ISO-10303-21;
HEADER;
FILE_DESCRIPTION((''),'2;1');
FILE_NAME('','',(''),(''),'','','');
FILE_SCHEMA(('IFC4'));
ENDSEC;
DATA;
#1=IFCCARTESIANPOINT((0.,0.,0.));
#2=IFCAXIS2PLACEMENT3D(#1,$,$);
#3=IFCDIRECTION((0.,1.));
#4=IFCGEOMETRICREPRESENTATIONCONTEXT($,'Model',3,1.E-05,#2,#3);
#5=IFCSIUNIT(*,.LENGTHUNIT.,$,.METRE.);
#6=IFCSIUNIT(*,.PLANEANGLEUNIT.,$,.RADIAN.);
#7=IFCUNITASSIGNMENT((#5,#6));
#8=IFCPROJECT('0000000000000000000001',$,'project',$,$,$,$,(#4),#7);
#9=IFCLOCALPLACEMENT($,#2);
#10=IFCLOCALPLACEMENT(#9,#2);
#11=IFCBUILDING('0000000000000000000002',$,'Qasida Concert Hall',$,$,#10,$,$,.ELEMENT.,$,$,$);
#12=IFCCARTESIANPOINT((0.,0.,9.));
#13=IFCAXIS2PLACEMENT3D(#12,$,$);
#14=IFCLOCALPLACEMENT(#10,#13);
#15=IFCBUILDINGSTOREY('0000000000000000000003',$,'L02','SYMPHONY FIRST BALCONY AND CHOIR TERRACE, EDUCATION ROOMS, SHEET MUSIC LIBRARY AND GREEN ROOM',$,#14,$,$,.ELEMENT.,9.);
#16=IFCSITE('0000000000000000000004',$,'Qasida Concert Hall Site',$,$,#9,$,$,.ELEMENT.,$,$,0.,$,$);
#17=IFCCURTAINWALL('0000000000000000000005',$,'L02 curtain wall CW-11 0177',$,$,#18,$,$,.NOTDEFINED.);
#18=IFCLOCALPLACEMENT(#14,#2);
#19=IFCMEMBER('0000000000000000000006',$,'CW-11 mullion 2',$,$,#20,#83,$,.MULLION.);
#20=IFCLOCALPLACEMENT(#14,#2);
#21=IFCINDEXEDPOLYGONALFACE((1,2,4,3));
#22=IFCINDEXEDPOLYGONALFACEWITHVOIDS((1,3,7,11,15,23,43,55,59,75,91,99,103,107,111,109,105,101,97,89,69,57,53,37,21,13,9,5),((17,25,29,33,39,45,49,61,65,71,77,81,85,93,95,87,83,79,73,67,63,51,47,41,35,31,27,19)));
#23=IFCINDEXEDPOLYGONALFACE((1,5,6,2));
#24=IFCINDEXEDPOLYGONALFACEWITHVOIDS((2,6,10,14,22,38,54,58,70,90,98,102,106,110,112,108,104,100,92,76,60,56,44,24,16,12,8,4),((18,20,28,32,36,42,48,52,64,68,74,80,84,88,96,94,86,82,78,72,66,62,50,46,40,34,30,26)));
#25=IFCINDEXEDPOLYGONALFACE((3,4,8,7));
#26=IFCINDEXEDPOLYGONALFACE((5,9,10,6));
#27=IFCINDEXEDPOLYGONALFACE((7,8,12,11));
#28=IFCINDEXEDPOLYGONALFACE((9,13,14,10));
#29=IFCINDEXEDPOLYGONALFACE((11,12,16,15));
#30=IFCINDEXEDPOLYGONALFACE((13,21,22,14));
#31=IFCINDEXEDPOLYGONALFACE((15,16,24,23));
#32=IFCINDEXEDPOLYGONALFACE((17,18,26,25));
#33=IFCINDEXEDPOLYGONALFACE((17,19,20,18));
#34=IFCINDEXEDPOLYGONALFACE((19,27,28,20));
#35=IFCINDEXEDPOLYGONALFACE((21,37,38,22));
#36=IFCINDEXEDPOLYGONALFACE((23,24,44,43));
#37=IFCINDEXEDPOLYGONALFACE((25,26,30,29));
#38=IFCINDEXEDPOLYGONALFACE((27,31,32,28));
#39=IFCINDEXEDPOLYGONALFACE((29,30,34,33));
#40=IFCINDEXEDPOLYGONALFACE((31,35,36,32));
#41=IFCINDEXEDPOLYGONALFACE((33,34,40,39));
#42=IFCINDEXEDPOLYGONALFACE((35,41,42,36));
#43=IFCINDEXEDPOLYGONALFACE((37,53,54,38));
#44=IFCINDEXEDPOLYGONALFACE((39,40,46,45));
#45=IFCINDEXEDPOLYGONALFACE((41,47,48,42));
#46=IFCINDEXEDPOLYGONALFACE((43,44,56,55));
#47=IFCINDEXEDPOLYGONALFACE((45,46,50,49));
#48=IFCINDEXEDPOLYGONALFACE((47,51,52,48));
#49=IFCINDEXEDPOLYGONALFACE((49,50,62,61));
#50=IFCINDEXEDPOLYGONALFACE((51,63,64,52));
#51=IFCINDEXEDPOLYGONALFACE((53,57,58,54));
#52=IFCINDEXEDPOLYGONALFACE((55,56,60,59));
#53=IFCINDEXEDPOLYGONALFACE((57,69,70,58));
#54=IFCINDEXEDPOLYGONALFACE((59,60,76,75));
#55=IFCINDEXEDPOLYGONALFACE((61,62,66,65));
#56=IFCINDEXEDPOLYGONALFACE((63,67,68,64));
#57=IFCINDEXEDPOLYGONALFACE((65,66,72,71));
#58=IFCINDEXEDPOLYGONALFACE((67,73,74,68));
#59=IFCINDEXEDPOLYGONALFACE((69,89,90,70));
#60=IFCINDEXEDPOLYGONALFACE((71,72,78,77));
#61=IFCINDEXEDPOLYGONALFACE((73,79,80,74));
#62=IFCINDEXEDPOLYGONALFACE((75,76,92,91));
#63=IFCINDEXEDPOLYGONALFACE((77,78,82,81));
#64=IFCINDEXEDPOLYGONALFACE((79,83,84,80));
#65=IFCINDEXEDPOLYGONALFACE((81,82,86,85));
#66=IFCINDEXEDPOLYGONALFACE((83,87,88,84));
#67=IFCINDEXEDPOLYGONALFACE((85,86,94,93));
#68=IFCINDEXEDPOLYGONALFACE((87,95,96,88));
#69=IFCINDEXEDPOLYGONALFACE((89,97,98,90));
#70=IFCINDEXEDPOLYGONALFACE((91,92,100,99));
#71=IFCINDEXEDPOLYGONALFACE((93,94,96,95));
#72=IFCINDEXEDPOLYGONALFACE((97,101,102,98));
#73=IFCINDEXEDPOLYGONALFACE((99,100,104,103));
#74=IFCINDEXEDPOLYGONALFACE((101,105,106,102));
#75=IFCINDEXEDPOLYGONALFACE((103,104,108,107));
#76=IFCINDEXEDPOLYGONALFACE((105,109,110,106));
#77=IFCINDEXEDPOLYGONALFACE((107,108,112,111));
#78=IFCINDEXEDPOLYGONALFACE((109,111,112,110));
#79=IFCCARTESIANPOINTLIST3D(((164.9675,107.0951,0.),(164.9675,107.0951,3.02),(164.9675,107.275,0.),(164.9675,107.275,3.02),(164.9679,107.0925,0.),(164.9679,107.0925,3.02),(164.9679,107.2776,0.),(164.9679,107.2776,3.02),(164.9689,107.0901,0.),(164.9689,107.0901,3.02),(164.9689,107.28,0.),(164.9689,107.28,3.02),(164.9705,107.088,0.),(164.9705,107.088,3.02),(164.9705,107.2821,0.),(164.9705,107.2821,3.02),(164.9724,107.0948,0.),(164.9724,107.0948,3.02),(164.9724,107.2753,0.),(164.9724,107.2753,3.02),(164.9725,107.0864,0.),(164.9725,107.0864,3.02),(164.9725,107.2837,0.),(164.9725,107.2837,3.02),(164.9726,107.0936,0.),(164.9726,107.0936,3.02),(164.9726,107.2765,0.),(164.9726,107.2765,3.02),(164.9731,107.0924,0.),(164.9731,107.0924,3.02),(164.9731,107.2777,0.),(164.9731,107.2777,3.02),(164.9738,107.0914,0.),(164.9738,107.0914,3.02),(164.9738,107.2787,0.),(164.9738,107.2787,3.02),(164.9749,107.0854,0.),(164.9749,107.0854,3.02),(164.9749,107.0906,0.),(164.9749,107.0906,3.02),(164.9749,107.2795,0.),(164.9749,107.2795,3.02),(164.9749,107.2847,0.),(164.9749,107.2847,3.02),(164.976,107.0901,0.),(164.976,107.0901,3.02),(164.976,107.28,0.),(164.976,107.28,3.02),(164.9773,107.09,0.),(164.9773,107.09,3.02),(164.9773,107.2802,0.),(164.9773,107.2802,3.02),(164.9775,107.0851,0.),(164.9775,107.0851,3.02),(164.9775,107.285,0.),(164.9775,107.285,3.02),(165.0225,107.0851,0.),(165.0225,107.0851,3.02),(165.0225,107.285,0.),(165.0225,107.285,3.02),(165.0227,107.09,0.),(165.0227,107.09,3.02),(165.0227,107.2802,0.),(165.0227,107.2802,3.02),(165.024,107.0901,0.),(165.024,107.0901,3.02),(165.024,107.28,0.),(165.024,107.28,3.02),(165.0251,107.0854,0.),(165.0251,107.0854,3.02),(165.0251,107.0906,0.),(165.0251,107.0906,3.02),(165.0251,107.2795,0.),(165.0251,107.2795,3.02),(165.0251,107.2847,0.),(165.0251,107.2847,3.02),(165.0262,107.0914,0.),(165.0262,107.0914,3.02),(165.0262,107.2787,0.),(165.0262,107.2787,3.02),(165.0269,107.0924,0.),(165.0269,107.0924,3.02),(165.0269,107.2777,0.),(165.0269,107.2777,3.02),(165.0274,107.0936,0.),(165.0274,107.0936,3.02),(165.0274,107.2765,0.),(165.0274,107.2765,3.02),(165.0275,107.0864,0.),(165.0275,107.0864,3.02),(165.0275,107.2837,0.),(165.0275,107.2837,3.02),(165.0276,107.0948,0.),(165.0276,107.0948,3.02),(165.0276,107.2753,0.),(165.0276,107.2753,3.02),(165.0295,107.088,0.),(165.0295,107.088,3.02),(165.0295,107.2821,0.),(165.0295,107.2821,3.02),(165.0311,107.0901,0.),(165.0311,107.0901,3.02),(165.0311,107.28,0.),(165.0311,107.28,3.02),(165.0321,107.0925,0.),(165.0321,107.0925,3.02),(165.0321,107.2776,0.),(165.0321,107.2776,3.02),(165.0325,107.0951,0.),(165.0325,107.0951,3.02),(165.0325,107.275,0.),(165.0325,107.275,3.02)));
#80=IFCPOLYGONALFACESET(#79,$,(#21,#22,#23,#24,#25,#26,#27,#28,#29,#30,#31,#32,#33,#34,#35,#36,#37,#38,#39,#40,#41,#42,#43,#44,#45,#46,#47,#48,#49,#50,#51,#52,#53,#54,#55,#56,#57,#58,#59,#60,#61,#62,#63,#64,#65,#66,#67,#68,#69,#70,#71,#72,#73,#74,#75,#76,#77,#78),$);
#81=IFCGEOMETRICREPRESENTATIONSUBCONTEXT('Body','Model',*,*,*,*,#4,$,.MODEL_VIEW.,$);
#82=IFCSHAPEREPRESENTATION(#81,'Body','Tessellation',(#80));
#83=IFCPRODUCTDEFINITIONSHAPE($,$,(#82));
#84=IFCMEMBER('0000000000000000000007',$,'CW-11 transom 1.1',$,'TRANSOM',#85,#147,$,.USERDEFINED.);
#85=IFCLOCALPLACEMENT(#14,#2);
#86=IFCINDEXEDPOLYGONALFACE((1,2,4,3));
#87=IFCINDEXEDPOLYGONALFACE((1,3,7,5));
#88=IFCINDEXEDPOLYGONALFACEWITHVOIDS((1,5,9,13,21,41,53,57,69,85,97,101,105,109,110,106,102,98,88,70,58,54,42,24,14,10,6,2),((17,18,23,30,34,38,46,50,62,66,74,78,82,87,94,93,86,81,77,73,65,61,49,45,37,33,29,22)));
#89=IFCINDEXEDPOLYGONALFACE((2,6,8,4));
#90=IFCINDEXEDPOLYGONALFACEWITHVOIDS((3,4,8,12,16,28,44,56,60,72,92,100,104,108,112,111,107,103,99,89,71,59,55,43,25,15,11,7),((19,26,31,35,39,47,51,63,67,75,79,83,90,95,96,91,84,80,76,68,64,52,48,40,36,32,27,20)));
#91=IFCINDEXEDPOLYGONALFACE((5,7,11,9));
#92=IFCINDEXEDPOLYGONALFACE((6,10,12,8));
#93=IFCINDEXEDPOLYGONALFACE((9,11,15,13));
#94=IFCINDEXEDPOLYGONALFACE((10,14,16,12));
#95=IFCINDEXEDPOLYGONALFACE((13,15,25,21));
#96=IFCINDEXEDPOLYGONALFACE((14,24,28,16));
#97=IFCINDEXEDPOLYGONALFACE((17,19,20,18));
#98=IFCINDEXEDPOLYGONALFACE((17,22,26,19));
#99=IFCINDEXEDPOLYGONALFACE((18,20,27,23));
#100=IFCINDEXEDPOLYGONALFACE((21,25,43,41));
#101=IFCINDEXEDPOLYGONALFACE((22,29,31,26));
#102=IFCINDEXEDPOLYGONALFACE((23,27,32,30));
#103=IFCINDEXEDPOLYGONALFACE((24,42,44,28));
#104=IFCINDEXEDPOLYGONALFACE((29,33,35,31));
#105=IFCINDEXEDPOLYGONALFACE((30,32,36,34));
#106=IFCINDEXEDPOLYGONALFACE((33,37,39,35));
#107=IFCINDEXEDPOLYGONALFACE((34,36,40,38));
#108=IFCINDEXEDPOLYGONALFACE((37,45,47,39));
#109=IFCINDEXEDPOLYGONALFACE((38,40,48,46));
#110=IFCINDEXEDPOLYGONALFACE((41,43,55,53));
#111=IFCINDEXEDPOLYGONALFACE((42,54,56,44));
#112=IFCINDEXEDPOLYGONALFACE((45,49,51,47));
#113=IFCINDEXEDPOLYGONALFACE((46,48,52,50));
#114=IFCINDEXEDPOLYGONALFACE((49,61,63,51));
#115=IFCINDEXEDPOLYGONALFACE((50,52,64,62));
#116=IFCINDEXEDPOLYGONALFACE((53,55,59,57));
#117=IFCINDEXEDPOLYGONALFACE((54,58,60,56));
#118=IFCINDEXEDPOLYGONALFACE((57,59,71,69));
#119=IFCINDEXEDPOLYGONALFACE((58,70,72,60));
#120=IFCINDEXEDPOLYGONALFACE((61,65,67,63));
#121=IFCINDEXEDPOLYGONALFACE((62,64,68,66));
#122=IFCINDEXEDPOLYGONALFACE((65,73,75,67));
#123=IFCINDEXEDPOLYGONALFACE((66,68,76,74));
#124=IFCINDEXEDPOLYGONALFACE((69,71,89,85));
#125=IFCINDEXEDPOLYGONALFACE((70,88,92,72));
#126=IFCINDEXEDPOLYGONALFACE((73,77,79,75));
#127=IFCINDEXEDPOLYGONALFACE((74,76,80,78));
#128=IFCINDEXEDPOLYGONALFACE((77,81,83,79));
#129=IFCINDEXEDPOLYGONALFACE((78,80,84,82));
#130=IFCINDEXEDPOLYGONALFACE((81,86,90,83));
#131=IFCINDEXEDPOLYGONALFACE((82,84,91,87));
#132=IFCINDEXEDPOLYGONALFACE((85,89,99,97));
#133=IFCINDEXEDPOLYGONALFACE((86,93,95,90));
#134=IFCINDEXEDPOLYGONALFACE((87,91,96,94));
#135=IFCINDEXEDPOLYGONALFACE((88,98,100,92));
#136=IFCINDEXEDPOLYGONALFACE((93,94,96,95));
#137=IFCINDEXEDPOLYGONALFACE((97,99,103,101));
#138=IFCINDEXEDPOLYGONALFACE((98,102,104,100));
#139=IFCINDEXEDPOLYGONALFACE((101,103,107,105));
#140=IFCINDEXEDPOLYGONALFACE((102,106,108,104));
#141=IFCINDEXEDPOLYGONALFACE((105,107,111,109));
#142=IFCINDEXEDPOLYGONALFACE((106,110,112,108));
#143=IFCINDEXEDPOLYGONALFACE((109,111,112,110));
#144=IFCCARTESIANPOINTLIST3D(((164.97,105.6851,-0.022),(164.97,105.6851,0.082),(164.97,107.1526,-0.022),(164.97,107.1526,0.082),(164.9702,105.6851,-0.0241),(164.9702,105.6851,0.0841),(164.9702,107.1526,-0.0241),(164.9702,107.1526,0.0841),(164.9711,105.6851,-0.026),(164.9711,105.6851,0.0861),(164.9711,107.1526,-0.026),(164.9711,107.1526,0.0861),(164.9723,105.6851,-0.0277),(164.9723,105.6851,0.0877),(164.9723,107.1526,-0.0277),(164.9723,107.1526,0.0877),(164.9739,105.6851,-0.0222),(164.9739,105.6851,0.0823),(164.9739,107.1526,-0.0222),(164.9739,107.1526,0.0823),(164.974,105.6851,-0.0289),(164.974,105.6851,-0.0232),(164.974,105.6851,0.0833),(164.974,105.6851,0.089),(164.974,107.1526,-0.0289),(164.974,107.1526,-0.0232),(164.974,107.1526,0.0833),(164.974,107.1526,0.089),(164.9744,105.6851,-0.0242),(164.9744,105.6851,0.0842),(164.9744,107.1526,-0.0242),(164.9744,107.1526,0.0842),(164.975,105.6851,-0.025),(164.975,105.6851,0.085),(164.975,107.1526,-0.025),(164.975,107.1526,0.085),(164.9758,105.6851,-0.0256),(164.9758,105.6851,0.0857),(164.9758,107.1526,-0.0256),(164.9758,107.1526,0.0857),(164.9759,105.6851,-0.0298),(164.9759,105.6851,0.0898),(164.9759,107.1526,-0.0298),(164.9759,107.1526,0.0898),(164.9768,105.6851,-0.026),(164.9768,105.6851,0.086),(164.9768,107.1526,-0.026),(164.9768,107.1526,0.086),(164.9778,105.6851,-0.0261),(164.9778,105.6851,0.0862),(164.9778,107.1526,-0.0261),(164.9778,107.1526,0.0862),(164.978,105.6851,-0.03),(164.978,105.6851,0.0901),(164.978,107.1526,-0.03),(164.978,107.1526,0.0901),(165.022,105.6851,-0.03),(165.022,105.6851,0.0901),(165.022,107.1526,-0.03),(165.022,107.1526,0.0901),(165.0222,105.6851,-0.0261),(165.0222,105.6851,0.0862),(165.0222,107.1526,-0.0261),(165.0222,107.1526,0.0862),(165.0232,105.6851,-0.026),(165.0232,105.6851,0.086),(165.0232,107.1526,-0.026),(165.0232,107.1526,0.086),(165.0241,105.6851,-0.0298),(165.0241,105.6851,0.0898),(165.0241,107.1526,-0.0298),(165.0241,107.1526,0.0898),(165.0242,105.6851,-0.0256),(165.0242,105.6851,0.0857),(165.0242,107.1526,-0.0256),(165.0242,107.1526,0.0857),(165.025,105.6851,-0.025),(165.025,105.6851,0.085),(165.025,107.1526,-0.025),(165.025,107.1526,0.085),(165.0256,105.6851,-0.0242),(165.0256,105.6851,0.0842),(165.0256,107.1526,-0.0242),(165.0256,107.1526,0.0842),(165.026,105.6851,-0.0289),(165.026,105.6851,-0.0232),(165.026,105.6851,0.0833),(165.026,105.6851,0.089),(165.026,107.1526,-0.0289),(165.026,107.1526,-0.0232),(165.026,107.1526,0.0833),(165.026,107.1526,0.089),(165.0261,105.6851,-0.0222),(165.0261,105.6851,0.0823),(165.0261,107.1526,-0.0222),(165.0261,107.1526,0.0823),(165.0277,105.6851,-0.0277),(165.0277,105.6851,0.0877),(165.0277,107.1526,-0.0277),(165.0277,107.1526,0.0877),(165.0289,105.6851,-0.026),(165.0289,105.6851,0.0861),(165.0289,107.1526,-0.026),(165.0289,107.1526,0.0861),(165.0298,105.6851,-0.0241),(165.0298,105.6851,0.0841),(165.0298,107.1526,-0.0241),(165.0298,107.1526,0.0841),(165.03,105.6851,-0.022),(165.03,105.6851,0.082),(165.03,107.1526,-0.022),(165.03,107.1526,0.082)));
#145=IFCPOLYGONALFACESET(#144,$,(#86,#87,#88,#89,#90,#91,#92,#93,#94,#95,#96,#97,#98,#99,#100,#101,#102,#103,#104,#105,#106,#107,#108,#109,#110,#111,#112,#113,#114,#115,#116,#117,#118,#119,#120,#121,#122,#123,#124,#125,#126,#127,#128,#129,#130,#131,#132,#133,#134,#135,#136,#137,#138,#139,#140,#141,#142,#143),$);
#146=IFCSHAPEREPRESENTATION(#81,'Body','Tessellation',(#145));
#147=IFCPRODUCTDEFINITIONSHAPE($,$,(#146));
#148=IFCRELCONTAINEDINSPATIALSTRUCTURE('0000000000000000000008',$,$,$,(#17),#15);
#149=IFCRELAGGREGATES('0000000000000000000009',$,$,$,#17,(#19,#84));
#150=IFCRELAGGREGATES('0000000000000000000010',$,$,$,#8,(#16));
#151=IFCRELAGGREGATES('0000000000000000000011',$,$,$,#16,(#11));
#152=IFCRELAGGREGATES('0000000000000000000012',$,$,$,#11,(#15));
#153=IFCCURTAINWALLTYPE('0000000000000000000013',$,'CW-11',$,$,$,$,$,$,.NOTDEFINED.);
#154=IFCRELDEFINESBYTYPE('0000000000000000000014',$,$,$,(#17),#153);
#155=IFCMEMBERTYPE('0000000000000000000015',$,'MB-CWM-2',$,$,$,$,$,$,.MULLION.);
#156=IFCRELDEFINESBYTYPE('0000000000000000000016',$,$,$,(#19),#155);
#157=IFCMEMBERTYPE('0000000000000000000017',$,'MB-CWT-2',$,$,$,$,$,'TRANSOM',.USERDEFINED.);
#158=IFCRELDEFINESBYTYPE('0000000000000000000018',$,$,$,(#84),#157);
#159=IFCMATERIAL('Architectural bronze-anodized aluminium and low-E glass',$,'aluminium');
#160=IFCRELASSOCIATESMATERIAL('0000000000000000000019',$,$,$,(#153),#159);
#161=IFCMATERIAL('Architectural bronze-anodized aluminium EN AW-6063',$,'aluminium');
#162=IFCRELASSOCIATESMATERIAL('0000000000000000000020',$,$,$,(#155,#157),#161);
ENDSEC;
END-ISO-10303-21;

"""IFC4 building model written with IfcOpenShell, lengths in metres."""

from ifc_helpers import new_model, si_unit, direction, frame, origin, origin_2d, place, context, subcontext, project, spatial, hollow_rectangle, extrude, material, material_profile, profile_set, type_object, element, aggregate, save


model = new_model("IFC4")

# Units and contexts
model_context = context("Model", 3, precision=1e-05, world=origin(), true_north=direction((0.0, 1.0)))
body_context = subcontext(model_context, "Body", "Model", "MODEL_VIEW")
ifc_project = project(units=[si_unit("LENGTHUNIT", "METRE"), si_unit("PLANEANGLEUNIT", "RADIAN")], contexts=[model_context])

# Site, building, storey
site_placement = place(None, origin())
site = spatial("IfcSite", under=ifc_project, at=site_placement, Name="Qasida Concert Hall Site", CompositionType="ELEMENT", RefElevation=0.0)
building_placement = place(site_placement, origin())
building = spatial("IfcBuilding", under=site, at=building_placement, Name="Qasida Concert Hall", CompositionType="ELEMENT")
storey_placement = place(building_placement, frame((0.0, 0.0, 9.0)))
storey = spatial("IfcBuildingStorey", under=building, at=storey_placement, Name="L02", Description="SYMPHONY FIRST BALCONY AND CHOIR TERRACE, EDUCATION ROOMS, SHEET MUSIC LIBRARY AND GREEN ROOM", CompositionType="ELEMENT", Elevation=9.0)

# Curtain wall, members
ifc_material_1 = material(Name="Architectural bronze-anodized aluminium and low-E glass", Category="aluminium")
curtain_wall_type = type_object("IfcCurtainWallType", Name="CW-11", PredefinedType="NOTDEFINED", material=ifc_material_1)
curtain_wall_placement = place(storey_placement, origin())
curtain_wall = element("IfcCurtainWall", 1, at=curtain_wall_placement, inside=storey, type_object=curtain_wall_type, Name="L02 curtain wall CW-11 0177", PredefinedType="NOTDEFINED")
ifc_material_2 = material(Name="Architectural bronze-anodized aluminium EN AW-6063", Category="aluminium")
ifc_material_profile_1 = material_profile(ifc_material_2, hollow_rectangle(XDim=0.0649, YDim=0.2, WallThickness=0.0049, InnerFilletRadius=0.0049, OuterFilletRadius=0.01, at=origin_2d()), Name="CWM 200x65x5")
ifc_profile_set_1 = profile_set([ifc_material_profile_1], Name="Architectural bronze-anodized aluminium EN AW-6063")
member_type_1 = type_object("IfcMemberType", Name="MB-CWM-2", PredefinedType="MULLION", material=ifc_profile_set_1)
member_1_placement = place(storey_placement, frame((165.0, 107.1851, 0.0), z_axis=(0.0, 0.0, 1.0), x_axis=(-1.0, 0.0, 0.0)))
member_1 = element("IfcMember", 2, at=member_1_placement, type_object=member_type_1, Name="CW-11 mullion 2", PredefinedType="MULLION", context=body_context, shape_type="SweptSolid", body=[
    extrude(hollow_rectangle(XDim=0.0649, YDim=0.2, WallThickness=0.0049, InnerFilletRadius=0.0049, OuterFilletRadius=0.01, at=origin_2d()), origin(), (0.0, 0.0, 1.0), 3.02),
])
ifc_material_profile_2 = material_profile(ifc_material_2, hollow_rectangle(XDim=0.0601, YDim=0.1201, WallThickness=0.0039, InnerFilletRadius=0.0039, OuterFilletRadius=0.0081, at=origin_2d()), Name="CWT 120x60x4")
ifc_profile_set_2 = profile_set([ifc_material_profile_2], Name="Architectural bronze-anodized aluminium EN AW-6063")
member_type_2 = type_object("IfcMemberType", Name="MB-CWT-2", ElementType="TRANSOM", PredefinedType="USERDEFINED", material=ifc_profile_set_2)
member_2_placement = place(storey_placement, frame((165.0, 105.6851, 0.03), z_axis=(0.0, 1.0, 0.0), x_axis=(-1.0, 0.0, 0.0)))
member_2 = element("IfcMember", 3, at=member_2_placement, type_object=member_type_2, Name="CW-11 transom 1.1", ObjectType="TRANSOM", PredefinedType="USERDEFINED", context=body_context, shape_type="SweptSolid", body=[
    extrude(hollow_rectangle(XDim=0.0601, YDim=0.1201, WallThickness=0.0039, InnerFilletRadius=0.0039, OuterFilletRadius=0.0081, at=origin_2d()), origin(), (0.0, 0.0, 1.0), 1.4675),
])
aggregate(curtain_wall, [member_1, member_2])

save(model, "model.ifc")
